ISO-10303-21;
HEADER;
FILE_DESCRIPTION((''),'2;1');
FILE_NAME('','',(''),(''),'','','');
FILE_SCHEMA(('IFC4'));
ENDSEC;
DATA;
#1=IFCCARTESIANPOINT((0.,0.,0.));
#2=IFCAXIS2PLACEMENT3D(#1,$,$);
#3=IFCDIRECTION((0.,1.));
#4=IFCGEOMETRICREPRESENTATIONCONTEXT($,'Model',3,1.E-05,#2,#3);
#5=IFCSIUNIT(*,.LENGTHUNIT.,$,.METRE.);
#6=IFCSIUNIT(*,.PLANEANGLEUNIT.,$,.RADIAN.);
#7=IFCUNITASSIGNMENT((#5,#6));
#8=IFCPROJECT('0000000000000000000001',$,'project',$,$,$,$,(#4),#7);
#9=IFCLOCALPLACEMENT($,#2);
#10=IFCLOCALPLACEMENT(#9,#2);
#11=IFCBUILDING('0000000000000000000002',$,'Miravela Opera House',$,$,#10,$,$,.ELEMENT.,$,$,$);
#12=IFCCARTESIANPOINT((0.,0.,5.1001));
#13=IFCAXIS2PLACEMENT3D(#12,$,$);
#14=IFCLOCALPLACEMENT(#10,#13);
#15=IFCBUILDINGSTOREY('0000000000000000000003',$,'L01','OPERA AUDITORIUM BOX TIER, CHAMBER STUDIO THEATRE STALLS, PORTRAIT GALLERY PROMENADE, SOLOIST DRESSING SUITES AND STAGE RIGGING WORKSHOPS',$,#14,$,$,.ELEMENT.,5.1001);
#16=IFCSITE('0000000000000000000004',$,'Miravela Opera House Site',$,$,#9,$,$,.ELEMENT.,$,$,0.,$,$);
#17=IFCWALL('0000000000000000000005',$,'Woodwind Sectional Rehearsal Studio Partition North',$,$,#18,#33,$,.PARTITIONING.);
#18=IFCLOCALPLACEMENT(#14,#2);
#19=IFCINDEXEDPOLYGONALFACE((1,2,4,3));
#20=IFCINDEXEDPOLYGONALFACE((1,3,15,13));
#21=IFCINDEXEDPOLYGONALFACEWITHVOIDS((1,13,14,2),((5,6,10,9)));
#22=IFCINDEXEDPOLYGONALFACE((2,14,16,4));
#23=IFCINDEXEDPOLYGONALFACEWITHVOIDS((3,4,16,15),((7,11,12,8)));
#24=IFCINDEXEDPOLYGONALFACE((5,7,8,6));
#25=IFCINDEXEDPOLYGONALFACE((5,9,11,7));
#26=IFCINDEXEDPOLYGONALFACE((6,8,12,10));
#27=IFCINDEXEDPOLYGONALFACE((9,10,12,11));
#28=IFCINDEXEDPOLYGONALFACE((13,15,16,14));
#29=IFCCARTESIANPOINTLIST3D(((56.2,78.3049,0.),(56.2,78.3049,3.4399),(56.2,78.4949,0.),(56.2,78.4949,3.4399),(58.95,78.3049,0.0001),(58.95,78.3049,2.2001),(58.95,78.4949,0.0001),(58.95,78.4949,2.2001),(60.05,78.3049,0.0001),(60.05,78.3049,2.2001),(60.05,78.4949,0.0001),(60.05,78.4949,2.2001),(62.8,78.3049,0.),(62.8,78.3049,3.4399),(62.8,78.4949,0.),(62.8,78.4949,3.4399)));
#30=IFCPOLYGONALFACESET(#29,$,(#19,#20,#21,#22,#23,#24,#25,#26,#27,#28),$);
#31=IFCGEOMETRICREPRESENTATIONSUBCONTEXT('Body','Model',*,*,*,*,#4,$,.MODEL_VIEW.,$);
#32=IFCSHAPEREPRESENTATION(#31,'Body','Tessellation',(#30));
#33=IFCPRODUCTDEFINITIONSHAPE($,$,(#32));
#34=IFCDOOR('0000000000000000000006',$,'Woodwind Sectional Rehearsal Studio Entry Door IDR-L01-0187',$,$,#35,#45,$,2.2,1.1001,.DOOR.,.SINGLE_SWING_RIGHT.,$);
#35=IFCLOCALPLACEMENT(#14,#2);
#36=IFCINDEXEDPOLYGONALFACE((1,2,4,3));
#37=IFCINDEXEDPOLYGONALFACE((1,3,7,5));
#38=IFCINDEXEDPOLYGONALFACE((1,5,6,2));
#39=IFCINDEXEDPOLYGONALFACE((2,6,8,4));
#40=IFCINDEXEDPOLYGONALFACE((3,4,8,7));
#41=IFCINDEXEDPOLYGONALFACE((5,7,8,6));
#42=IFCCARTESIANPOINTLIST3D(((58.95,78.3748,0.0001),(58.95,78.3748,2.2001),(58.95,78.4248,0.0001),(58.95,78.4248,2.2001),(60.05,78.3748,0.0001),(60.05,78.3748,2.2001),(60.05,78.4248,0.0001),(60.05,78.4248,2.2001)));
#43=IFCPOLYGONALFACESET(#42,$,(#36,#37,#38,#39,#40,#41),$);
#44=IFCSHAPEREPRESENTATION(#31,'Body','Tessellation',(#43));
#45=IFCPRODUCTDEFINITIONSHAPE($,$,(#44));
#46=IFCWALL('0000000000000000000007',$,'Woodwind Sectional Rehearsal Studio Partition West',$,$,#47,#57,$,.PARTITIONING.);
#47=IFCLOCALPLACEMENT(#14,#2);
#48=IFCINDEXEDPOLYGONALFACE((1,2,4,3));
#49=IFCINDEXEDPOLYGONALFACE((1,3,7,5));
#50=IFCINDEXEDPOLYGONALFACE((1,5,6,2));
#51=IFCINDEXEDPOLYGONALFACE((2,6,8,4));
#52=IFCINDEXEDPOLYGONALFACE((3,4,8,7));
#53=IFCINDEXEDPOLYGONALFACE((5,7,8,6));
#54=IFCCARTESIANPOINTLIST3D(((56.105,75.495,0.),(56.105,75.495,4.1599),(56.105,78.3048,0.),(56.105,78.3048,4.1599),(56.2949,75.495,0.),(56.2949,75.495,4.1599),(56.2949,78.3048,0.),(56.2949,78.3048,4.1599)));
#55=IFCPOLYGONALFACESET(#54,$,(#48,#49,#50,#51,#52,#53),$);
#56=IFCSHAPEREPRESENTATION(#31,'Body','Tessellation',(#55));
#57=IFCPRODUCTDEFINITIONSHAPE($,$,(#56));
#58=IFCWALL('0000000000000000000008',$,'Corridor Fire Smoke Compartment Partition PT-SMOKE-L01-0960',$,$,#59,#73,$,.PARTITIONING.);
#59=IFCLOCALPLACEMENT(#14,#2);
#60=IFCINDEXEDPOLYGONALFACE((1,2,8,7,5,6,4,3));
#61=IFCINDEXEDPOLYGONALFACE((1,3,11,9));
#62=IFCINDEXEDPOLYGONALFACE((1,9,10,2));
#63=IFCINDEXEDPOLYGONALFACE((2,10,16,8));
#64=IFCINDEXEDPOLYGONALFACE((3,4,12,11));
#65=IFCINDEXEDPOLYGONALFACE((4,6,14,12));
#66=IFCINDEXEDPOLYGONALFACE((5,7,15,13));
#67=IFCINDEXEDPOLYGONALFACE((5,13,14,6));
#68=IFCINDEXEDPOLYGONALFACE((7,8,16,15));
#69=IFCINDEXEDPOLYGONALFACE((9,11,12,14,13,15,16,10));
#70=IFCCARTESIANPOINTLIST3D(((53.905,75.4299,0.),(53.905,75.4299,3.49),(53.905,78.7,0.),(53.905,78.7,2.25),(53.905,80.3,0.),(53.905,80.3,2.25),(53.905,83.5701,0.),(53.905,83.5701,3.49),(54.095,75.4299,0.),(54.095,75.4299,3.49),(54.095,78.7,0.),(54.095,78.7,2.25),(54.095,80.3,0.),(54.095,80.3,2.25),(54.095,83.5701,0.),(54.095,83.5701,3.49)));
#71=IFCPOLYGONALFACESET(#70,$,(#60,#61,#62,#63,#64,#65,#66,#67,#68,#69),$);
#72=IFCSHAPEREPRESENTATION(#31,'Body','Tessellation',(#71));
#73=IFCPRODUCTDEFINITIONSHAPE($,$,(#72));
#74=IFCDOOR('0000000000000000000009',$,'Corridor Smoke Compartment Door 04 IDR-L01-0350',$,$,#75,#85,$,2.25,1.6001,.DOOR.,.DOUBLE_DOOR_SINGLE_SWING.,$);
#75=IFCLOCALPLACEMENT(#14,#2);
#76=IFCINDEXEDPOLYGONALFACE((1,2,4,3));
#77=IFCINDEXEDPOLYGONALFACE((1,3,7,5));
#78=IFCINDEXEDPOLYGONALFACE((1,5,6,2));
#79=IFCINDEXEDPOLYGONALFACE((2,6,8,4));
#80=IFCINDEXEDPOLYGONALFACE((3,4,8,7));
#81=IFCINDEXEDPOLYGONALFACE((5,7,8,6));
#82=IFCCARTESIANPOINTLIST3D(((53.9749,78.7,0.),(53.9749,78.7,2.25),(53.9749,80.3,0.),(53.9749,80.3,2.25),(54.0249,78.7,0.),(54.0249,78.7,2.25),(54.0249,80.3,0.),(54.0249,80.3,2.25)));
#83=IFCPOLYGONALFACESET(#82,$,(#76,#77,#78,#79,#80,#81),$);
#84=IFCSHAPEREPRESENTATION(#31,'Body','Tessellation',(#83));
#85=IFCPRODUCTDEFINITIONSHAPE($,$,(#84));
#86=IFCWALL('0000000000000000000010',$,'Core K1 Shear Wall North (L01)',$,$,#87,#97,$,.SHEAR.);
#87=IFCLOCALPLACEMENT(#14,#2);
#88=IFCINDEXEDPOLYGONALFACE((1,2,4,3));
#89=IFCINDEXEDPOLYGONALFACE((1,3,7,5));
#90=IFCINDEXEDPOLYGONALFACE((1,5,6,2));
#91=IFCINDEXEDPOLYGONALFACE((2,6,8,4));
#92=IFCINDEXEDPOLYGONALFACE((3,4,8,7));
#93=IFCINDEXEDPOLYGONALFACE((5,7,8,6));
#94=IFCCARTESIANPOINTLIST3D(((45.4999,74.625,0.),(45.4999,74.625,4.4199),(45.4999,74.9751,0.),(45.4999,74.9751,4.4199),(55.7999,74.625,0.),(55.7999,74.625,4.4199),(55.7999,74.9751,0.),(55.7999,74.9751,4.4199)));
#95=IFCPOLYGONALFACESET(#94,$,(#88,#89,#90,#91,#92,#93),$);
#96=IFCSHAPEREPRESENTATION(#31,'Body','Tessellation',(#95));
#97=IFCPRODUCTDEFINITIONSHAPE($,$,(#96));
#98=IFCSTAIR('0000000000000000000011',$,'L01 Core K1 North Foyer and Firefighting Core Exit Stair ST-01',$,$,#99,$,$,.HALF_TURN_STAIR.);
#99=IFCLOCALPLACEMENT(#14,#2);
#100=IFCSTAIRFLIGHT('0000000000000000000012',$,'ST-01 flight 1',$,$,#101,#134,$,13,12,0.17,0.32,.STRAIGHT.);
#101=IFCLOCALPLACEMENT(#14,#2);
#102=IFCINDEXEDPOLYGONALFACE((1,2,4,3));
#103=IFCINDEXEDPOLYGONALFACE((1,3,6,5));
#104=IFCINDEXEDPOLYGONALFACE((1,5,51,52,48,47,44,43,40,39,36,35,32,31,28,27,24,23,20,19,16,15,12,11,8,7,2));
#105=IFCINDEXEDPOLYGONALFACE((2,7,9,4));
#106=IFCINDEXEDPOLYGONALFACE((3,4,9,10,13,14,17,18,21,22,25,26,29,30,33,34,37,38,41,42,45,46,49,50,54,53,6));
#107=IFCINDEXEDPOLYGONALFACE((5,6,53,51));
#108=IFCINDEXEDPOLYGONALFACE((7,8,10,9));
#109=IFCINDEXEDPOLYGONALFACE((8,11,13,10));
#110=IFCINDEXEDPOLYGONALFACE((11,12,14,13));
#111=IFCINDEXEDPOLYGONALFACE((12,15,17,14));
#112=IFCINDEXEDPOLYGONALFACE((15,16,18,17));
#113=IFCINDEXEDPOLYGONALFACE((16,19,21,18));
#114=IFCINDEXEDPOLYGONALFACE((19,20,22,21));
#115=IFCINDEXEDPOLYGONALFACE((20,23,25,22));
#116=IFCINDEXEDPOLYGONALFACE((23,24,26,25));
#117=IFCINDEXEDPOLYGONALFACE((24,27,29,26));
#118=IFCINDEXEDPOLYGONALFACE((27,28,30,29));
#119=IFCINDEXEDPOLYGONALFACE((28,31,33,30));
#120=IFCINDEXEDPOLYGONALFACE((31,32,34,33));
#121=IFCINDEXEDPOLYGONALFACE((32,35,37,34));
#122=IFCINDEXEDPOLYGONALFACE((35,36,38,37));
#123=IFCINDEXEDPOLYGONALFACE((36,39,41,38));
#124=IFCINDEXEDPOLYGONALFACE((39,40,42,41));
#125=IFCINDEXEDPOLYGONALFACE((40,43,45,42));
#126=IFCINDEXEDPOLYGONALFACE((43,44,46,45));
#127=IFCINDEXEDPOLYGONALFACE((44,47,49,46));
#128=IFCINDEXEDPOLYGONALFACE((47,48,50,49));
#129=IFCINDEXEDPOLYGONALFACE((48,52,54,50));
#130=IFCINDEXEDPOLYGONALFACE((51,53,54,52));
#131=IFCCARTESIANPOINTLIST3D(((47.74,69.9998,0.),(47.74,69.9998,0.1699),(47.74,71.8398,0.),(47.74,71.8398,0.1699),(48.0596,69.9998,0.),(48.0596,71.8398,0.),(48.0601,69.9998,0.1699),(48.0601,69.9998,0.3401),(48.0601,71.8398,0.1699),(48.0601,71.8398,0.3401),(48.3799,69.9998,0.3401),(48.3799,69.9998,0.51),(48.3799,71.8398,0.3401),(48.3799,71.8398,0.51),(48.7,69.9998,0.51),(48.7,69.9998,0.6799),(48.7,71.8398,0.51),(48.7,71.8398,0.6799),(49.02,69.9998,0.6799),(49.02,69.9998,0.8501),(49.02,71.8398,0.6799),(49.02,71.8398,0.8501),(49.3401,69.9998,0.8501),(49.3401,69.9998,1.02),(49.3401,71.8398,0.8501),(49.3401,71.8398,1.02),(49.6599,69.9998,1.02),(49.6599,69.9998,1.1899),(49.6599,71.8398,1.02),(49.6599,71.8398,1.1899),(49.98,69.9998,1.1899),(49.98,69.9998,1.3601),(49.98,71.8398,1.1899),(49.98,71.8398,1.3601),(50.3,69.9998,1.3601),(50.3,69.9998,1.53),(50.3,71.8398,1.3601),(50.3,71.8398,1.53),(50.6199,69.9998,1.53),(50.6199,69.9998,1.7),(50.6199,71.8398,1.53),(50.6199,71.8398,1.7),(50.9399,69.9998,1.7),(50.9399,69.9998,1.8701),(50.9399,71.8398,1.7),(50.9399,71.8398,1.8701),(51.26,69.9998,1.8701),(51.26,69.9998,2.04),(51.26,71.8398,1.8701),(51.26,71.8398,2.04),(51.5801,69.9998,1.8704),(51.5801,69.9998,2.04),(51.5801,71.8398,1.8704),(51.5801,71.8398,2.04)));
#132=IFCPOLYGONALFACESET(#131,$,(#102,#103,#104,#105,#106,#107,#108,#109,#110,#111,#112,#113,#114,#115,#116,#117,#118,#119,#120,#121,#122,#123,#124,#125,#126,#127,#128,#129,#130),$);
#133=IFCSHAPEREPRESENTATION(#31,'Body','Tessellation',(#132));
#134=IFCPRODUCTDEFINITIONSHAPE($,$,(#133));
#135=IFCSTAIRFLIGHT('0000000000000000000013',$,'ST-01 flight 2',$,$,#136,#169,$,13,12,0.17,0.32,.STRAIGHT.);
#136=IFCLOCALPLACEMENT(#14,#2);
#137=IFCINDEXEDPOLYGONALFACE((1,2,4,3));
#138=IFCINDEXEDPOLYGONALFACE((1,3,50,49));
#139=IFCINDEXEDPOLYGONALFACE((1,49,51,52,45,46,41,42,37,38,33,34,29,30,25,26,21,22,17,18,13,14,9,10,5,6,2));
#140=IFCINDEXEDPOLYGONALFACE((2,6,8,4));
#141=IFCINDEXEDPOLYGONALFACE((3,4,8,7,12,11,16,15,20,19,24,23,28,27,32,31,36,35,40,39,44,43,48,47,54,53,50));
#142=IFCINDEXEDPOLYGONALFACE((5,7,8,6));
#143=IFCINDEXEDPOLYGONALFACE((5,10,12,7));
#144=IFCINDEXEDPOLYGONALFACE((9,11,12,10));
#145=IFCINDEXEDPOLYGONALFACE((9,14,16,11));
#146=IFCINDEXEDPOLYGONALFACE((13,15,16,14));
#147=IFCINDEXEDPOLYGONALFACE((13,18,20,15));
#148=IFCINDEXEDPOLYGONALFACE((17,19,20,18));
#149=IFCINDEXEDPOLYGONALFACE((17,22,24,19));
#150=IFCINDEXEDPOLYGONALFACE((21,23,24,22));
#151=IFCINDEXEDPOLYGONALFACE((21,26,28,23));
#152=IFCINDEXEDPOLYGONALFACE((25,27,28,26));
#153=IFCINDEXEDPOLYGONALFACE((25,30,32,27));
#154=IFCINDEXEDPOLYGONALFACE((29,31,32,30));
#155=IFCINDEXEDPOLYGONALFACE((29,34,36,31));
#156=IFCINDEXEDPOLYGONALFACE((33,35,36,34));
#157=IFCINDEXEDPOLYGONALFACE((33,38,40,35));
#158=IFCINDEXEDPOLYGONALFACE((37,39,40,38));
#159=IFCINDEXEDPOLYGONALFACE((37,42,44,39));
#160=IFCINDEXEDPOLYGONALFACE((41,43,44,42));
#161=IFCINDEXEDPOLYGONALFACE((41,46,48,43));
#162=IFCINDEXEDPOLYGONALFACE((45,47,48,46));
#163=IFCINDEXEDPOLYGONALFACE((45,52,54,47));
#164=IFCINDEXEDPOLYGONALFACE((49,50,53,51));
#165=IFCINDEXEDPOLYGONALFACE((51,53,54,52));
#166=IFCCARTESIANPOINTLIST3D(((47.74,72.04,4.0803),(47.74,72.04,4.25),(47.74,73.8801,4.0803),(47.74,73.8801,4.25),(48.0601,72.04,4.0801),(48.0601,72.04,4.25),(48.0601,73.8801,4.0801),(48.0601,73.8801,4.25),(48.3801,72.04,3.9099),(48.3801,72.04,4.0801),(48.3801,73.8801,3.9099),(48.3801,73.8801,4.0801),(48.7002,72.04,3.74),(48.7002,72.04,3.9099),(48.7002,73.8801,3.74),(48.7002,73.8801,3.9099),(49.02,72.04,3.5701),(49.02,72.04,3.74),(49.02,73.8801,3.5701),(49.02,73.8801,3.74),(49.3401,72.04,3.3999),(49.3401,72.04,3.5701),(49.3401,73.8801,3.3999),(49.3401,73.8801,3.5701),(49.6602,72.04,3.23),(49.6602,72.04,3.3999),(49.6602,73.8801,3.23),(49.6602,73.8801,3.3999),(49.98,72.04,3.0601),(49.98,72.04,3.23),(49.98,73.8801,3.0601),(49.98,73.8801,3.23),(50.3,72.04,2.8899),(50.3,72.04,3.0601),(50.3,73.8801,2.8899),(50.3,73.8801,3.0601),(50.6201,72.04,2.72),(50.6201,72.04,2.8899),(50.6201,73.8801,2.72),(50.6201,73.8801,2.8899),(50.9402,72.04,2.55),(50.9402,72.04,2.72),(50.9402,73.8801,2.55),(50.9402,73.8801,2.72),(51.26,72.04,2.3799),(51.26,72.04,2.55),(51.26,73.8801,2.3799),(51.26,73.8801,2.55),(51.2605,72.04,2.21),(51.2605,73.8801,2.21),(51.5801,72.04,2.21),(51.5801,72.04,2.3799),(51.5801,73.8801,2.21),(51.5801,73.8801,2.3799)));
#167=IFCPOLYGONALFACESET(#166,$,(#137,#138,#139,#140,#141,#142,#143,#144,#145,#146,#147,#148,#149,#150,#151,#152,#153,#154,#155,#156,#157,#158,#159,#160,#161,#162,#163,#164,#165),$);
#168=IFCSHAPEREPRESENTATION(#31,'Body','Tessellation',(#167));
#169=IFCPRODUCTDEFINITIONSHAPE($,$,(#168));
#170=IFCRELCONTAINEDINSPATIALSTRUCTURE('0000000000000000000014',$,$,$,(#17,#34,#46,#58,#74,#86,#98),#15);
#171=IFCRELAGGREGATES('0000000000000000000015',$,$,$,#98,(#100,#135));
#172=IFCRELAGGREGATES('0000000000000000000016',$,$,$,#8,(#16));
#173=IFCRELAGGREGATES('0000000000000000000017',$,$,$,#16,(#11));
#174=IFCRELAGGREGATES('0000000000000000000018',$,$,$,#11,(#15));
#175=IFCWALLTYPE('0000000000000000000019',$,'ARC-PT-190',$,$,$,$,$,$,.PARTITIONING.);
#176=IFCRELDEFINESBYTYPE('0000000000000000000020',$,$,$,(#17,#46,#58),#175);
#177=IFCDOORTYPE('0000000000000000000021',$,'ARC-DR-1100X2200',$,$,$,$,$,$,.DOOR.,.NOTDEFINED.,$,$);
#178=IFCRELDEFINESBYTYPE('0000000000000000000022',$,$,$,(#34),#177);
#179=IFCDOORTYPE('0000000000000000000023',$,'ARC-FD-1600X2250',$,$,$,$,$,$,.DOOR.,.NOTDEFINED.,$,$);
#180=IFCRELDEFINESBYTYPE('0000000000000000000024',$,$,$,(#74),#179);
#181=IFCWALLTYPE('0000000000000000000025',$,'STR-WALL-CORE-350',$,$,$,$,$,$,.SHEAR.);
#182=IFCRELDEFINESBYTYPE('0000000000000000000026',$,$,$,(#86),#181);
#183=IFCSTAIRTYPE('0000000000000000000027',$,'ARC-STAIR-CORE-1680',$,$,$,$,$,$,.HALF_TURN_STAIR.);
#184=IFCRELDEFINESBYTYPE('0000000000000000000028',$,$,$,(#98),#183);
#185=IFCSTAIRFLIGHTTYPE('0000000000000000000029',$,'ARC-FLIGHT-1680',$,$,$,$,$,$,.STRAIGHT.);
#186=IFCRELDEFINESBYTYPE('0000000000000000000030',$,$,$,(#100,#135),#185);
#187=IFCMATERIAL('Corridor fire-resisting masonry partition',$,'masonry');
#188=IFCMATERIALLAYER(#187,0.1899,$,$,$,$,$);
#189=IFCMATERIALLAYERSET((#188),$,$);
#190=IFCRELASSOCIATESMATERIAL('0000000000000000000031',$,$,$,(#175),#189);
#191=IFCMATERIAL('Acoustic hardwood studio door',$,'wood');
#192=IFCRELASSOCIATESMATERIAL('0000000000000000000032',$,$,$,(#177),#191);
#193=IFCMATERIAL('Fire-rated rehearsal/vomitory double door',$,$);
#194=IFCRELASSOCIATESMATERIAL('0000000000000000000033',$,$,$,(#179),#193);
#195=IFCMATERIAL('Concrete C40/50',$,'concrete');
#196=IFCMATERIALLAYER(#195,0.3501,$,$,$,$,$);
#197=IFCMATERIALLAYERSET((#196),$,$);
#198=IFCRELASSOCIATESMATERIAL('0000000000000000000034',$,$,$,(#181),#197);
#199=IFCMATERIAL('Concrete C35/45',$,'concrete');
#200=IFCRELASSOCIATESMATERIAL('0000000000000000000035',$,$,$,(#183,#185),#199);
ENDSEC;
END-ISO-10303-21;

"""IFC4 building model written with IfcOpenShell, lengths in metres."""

from ifc_helpers import new_model, si_unit, direction, frame, frame_2d, origin, place, context, subcontext, project, spatial, polyline, rectangle, outline, extrude, material, layer, layer_set, type_object, element, fill, aggregate, save


model = new_model("IFC4")

# Units and contexts
model_context = context("Model", 3, precision=1e-05, world=origin(), true_north=direction((0.0, 1.0)))
body_context = subcontext(model_context, "Body", "Model", "MODEL_VIEW")
ifc_project = project(units=[si_unit("LENGTHUNIT", "METRE"), si_unit("PLANEANGLEUNIT", "RADIAN")], contexts=[model_context])

# Site, building, storey
site_placement = place(None, origin())
site = spatial("IfcSite", under=ifc_project, at=site_placement, Name="Miravela Opera House Site", CompositionType="ELEMENT", RefElevation=0.0)
building_placement = place(site_placement, origin())
building = spatial("IfcBuilding", under=site, at=building_placement, Name="Miravela Opera House", CompositionType="ELEMENT")
storey_placement = place(building_placement, frame((0.0, 0.0, 5.1001)))
storey = spatial("IfcBuildingStorey", under=building, at=storey_placement, Name="L01", Description="OPERA AUDITORIUM BOX TIER, CHAMBER STUDIO THEATRE STALLS, PORTRAIT GALLERY PROMENADE, SOLOIST DRESSING SUITES AND STAGE RIGGING WORKSHOPS", CompositionType="ELEMENT", Elevation=5.1001)

# Shared definitions
ifc_material_1 = material(Name="Concrete C40/50", Category="concrete")

# Shared definitions
ifc_material_2 = material(Name="Concrete C35/45", Category="concrete")

# Shared definitions
ifc_material_3 = material(Name="Corridor fire-resisting masonry partition", Category="masonry")
ifc_layer_1 = layer(ifc_material_3, 0.1899)
ifc_layer_set_1 = layer_set([ifc_layer_1])
wall_type_1 = type_object("IfcWallType", Name="ARC-PT-190", PredefinedType="PARTITIONING", material=ifc_layer_set_1)

# Wall, opening, door
wall_1_placement = place(storey_placement, frame((56.2, 78.3999, 0.0), z_axis=(0.0, 0.0, 1.0), x_axis=(1.0, 0.0, 0.0)))
wall_1 = element("IfcWall", 1, at=wall_1_placement, inside=storey, type_object=wall_type_1, Name="Woodwind Sectional Rehearsal Studio Partition North", PredefinedType="PARTITIONING", context=body_context, shape_type="SweptSolid", body=[
    extrude(rectangle(XDim=6.6001, YDim=0.1899, at=frame_2d((3.3, 0.0))), origin(), (0.0, 0.0, 1.0), 3.4399),
])
opening_1_placement = place(wall_1_placement, frame((2.75, 0.0, 0.0)))
opening_1 = element("IfcOpeningElement", 2, at=opening_1_placement, cuts=wall_1, PredefinedType="OPENING", context=body_context, shape_type="SweptSolid", body=[
    extrude(rectangle(XDim=1.1001, YDim=2.2, at=frame_2d((0.55, 1.1001))), frame((0.0, 0.105, 0.0), z_axis=(0.0, -1.0, 0.0), x_axis=(1.0, 0.0, 0.0)), (0.0, 0.0, 1.0), 0.21),
])
ifc_material_4 = material(Name="Acoustic hardwood studio door", Category="wood")
door_type_1 = type_object("IfcDoorType", Name="ARC-DR-1100X2200", OperationType="NOTDEFINED", PredefinedType="DOOR", material=ifc_material_4)
door_1_placement = place(opening_1_placement, origin())
door_1 = element("IfcDoor", 3, at=door_1_placement, inside=storey, type_object=door_type_1, Name="Woodwind Sectional Rehearsal Studio Entry Door IDR-L01-0187", OperationType="SINGLE_SWING_RIGHT", OverallHeight=2.2, OverallWidth=1.1001, PredefinedType="DOOR", context=body_context, shape_type="SweptSolid", body=[
    extrude(rectangle(XDim=1.1001, YDim=2.2, at=frame_2d((0.55, 1.1001))), frame((0.0, 0.0249, 0.0), z_axis=(0.0, -1.0, 0.0), x_axis=(1.0, 0.0, 0.0)), (0.0, 0.0, 1.0), 0.05),
])
fill(opening_1, door_1)

# Wall
wall_2_placement = place(storey_placement, frame((56.2, 75.4951, 0.0), z_axis=(0.0, 0.0, 1.0), x_axis=(0.0, 1.0, 0.0)))
element("IfcWall", 4, at=wall_2_placement, inside=storey, type_object=wall_type_1, Name="Woodwind Sectional Rehearsal Studio Partition West", PredefinedType="PARTITIONING", context=body_context, shape_type="SweptSolid", body=[
    extrude(rectangle(XDim=2.8098, YDim=0.1899, at=frame_2d((1.4048, 0.0))), origin(), (0.0, 0.0, 1.0), 4.1599),
])

# Wall, opening, door
wall_3_placement = place(storey_placement, frame((54.0, 75.4299, 0.0), z_axis=(0.0, 0.0, 1.0), x_axis=(0.0, 1.0, 0.0)))
wall_3 = element("IfcWall", 5, at=wall_3_placement, inside=storey, type_object=wall_type_1, Name="Corridor Fire Smoke Compartment Partition PT-SMOKE-L01-0960", PredefinedType="PARTITIONING", context=body_context, shape_type="SweptSolid", body=[
    extrude(rectangle(XDim=8.1401, YDim=0.1899, at=frame_2d((4.0701, 0.0))), origin(), (0.0, 0.0, 1.0), 3.49),
])
opening_2_placement = place(wall_3_placement, frame((3.27, 0.0, 0.0)))
opening_2 = element("IfcOpeningElement", 6, at=opening_2_placement, cuts=wall_3, PredefinedType="OPENING", context=body_context, shape_type="SweptSolid", body=[
    extrude(rectangle(XDim=1.6001, YDim=2.25, at=frame_2d((0.8, 1.125))), frame((0.0, 0.105, 0.0), z_axis=(0.0, -1.0, 0.0), x_axis=(1.0, 0.0, 0.0)), (0.0, 0.0, 1.0), 0.21),
])
ifc_material_5 = material(Name="Fire-rated rehearsal/vomitory double door")
door_type_2 = type_object("IfcDoorType", Name="ARC-FD-1600X2250", OperationType="NOTDEFINED", PredefinedType="DOOR", material=ifc_material_5)
door_2_placement = place(opening_2_placement, frame((1.6001, 0.0, 0.0), z_axis=(0.0, 0.0, 1.0), x_axis=(-1.0, 0.0, 0.0)))
door_2 = element("IfcDoor", 7, at=door_2_placement, inside=storey, type_object=door_type_2, Name="Corridor Smoke Compartment Door 04 IDR-L01-0350", OperationType="DOUBLE_DOOR_SINGLE_SWING", OverallHeight=2.25, OverallWidth=1.6001, PredefinedType="DOOR", context=body_context, shape_type="SweptSolid", body=[
    extrude(rectangle(XDim=1.6001, YDim=2.25, at=frame_2d((0.8, 1.125))), frame((0.0, 0.0249, 0.0), z_axis=(0.0, -1.0, 0.0), x_axis=(1.0, 0.0, 0.0)), (0.0, 0.0, 1.0), 0.05),
])
fill(opening_2, door_2)

# Wall
ifc_layer_2 = layer(ifc_material_1, 0.3501)
ifc_layer_set_2 = layer_set([ifc_layer_2])
wall_type_2 = type_object("IfcWallType", Name="STR-WALL-CORE-350", PredefinedType="SHEAR", material=ifc_layer_set_2)
wall_4_placement = place(storey_placement, frame((45.5, 74.8, 0.0), z_axis=(0.0, 0.0, 1.0), x_axis=(1.0, 0.0, 0.0)))
element("IfcWall", 8, at=wall_4_placement, inside=storey, type_object=wall_type_2, Name="Core K1 Shear Wall North (L01)", PredefinedType="SHEAR", context=body_context, shape_type="SweptSolid", body=[
    extrude(rectangle(XDim=10.3, YDim=0.3501, at=frame_2d((5.1499, 0.0))), origin(), (0.0, 0.0, 1.0), 4.4199),
])

# Stair, stair flights
stair_type = type_object("IfcStairType", Name="ARC-STAIR-CORE-1680", PredefinedType="HALF_TURN_STAIR", material=ifc_material_2)
stair_placement = place(storey_placement, origin())
stair = element("IfcStair", 9, at=stair_placement, inside=storey, type_object=stair_type, Name="L01 Core K1 North Foyer and Firefighting Core Exit Stair ST-01", PredefinedType="HALF_TURN_STAIR")
stair_flight_type = type_object("IfcStairFlightType", Name="ARC-FLIGHT-1680", PredefinedType="STRAIGHT", material=ifc_material_2)
stair_flight_1_placement = place(storey_placement, frame((47.74, 70.9199, 0.0), z_axis=(0.0, 0.0, 1.0), x_axis=(1.0, 0.0, 0.0)))
stair_flight_1 = element("IfcStairFlight", 10, at=stair_flight_1_placement, type_object=stair_flight_type, Name="ST-01 flight 1", NumberOfRisers=13, NumberOfTreads=12, PredefinedType="STRAIGHT", RiserHeight=0.17, TreadLength=0.32, context=body_context, shape_type="SweptSolid", body=[
    extrude(outline(polyline([(0.0, 0.0), (0.0, 0.1699), (0.3201, 0.1699), (0.3201, 0.3401), (0.6399, 0.3401), (0.6399, 0.51), (0.96, 0.51), (0.96, 0.6799), (1.28, 0.6799), (1.28, 0.8501), (1.6001, 0.8501), (1.6001, 1.02), (1.9199, 1.02), (1.9199, 1.1899), (2.24, 1.1899), (2.24, 1.3601), (2.5601, 1.3601), (2.5601, 1.53), (2.8799, 1.53), (2.8799, 1.7), (3.2, 1.7), (3.2, 1.8701), (3.52, 1.8701), (3.52, 2.04), (3.8401, 2.04), (3.8401, 2.21), (3.8401, 1.8704), (0.3196, 0.0), (0.0, 0.0)])), frame((0.0, 0.9199, 0.0), z_axis=(0.0, -1.0, 0.0), x_axis=(1.0, 0.0, 0.0)), (0.0, 0.0, 1.0), 1.8401),
])
stair_flight_2_placement = place(storey_placement, frame((51.5801, 72.96, 2.21), z_axis=(0.0, 0.0, 1.0), x_axis=(-1.0, 0.0, 0.0)))
stair_flight_2 = element("IfcStairFlight", 11, at=stair_flight_2_placement, type_object=stair_flight_type, Name="ST-01 flight 2", NumberOfRisers=13, NumberOfTreads=12, PredefinedType="STRAIGHT", RiserHeight=0.17, TreadLength=0.32, context=body_context, shape_type="SweptSolid", body=[
    extrude(outline(polyline([(0.0, 0.0), (0.0, 0.1699), (0.3201, 0.1699), (0.3201, 0.3401), (0.6399, 0.3401), (0.6399, 0.51), (0.96, 0.51), (0.96, 0.6799), (1.28, 0.6799), (1.28, 0.8501), (1.6001, 0.8501), (1.6001, 1.02), (1.9199, 1.02), (1.9199, 1.1899), (2.24, 1.1899), (2.24, 1.3601), (2.5601, 1.3601), (2.5601, 1.53), (2.8799, 1.53), (2.8799, 1.7), (3.2, 1.7), (3.2, 1.8701), (3.52, 1.8701), (3.52, 2.04), (3.8401, 2.04), (3.8401, 2.21), (3.8401, 1.8704), (0.3196, 0.0), (0.0, 0.0)])), frame((0.0, 0.9199, 0.0), z_axis=(0.0, -1.0, 0.0), x_axis=(1.0, 0.0, 0.0)), (0.0, 0.0, 1.0), 1.8401),
])
aggregate(stair, [stair_flight_1, stair_flight_2])

save(model, "model.ifc")
